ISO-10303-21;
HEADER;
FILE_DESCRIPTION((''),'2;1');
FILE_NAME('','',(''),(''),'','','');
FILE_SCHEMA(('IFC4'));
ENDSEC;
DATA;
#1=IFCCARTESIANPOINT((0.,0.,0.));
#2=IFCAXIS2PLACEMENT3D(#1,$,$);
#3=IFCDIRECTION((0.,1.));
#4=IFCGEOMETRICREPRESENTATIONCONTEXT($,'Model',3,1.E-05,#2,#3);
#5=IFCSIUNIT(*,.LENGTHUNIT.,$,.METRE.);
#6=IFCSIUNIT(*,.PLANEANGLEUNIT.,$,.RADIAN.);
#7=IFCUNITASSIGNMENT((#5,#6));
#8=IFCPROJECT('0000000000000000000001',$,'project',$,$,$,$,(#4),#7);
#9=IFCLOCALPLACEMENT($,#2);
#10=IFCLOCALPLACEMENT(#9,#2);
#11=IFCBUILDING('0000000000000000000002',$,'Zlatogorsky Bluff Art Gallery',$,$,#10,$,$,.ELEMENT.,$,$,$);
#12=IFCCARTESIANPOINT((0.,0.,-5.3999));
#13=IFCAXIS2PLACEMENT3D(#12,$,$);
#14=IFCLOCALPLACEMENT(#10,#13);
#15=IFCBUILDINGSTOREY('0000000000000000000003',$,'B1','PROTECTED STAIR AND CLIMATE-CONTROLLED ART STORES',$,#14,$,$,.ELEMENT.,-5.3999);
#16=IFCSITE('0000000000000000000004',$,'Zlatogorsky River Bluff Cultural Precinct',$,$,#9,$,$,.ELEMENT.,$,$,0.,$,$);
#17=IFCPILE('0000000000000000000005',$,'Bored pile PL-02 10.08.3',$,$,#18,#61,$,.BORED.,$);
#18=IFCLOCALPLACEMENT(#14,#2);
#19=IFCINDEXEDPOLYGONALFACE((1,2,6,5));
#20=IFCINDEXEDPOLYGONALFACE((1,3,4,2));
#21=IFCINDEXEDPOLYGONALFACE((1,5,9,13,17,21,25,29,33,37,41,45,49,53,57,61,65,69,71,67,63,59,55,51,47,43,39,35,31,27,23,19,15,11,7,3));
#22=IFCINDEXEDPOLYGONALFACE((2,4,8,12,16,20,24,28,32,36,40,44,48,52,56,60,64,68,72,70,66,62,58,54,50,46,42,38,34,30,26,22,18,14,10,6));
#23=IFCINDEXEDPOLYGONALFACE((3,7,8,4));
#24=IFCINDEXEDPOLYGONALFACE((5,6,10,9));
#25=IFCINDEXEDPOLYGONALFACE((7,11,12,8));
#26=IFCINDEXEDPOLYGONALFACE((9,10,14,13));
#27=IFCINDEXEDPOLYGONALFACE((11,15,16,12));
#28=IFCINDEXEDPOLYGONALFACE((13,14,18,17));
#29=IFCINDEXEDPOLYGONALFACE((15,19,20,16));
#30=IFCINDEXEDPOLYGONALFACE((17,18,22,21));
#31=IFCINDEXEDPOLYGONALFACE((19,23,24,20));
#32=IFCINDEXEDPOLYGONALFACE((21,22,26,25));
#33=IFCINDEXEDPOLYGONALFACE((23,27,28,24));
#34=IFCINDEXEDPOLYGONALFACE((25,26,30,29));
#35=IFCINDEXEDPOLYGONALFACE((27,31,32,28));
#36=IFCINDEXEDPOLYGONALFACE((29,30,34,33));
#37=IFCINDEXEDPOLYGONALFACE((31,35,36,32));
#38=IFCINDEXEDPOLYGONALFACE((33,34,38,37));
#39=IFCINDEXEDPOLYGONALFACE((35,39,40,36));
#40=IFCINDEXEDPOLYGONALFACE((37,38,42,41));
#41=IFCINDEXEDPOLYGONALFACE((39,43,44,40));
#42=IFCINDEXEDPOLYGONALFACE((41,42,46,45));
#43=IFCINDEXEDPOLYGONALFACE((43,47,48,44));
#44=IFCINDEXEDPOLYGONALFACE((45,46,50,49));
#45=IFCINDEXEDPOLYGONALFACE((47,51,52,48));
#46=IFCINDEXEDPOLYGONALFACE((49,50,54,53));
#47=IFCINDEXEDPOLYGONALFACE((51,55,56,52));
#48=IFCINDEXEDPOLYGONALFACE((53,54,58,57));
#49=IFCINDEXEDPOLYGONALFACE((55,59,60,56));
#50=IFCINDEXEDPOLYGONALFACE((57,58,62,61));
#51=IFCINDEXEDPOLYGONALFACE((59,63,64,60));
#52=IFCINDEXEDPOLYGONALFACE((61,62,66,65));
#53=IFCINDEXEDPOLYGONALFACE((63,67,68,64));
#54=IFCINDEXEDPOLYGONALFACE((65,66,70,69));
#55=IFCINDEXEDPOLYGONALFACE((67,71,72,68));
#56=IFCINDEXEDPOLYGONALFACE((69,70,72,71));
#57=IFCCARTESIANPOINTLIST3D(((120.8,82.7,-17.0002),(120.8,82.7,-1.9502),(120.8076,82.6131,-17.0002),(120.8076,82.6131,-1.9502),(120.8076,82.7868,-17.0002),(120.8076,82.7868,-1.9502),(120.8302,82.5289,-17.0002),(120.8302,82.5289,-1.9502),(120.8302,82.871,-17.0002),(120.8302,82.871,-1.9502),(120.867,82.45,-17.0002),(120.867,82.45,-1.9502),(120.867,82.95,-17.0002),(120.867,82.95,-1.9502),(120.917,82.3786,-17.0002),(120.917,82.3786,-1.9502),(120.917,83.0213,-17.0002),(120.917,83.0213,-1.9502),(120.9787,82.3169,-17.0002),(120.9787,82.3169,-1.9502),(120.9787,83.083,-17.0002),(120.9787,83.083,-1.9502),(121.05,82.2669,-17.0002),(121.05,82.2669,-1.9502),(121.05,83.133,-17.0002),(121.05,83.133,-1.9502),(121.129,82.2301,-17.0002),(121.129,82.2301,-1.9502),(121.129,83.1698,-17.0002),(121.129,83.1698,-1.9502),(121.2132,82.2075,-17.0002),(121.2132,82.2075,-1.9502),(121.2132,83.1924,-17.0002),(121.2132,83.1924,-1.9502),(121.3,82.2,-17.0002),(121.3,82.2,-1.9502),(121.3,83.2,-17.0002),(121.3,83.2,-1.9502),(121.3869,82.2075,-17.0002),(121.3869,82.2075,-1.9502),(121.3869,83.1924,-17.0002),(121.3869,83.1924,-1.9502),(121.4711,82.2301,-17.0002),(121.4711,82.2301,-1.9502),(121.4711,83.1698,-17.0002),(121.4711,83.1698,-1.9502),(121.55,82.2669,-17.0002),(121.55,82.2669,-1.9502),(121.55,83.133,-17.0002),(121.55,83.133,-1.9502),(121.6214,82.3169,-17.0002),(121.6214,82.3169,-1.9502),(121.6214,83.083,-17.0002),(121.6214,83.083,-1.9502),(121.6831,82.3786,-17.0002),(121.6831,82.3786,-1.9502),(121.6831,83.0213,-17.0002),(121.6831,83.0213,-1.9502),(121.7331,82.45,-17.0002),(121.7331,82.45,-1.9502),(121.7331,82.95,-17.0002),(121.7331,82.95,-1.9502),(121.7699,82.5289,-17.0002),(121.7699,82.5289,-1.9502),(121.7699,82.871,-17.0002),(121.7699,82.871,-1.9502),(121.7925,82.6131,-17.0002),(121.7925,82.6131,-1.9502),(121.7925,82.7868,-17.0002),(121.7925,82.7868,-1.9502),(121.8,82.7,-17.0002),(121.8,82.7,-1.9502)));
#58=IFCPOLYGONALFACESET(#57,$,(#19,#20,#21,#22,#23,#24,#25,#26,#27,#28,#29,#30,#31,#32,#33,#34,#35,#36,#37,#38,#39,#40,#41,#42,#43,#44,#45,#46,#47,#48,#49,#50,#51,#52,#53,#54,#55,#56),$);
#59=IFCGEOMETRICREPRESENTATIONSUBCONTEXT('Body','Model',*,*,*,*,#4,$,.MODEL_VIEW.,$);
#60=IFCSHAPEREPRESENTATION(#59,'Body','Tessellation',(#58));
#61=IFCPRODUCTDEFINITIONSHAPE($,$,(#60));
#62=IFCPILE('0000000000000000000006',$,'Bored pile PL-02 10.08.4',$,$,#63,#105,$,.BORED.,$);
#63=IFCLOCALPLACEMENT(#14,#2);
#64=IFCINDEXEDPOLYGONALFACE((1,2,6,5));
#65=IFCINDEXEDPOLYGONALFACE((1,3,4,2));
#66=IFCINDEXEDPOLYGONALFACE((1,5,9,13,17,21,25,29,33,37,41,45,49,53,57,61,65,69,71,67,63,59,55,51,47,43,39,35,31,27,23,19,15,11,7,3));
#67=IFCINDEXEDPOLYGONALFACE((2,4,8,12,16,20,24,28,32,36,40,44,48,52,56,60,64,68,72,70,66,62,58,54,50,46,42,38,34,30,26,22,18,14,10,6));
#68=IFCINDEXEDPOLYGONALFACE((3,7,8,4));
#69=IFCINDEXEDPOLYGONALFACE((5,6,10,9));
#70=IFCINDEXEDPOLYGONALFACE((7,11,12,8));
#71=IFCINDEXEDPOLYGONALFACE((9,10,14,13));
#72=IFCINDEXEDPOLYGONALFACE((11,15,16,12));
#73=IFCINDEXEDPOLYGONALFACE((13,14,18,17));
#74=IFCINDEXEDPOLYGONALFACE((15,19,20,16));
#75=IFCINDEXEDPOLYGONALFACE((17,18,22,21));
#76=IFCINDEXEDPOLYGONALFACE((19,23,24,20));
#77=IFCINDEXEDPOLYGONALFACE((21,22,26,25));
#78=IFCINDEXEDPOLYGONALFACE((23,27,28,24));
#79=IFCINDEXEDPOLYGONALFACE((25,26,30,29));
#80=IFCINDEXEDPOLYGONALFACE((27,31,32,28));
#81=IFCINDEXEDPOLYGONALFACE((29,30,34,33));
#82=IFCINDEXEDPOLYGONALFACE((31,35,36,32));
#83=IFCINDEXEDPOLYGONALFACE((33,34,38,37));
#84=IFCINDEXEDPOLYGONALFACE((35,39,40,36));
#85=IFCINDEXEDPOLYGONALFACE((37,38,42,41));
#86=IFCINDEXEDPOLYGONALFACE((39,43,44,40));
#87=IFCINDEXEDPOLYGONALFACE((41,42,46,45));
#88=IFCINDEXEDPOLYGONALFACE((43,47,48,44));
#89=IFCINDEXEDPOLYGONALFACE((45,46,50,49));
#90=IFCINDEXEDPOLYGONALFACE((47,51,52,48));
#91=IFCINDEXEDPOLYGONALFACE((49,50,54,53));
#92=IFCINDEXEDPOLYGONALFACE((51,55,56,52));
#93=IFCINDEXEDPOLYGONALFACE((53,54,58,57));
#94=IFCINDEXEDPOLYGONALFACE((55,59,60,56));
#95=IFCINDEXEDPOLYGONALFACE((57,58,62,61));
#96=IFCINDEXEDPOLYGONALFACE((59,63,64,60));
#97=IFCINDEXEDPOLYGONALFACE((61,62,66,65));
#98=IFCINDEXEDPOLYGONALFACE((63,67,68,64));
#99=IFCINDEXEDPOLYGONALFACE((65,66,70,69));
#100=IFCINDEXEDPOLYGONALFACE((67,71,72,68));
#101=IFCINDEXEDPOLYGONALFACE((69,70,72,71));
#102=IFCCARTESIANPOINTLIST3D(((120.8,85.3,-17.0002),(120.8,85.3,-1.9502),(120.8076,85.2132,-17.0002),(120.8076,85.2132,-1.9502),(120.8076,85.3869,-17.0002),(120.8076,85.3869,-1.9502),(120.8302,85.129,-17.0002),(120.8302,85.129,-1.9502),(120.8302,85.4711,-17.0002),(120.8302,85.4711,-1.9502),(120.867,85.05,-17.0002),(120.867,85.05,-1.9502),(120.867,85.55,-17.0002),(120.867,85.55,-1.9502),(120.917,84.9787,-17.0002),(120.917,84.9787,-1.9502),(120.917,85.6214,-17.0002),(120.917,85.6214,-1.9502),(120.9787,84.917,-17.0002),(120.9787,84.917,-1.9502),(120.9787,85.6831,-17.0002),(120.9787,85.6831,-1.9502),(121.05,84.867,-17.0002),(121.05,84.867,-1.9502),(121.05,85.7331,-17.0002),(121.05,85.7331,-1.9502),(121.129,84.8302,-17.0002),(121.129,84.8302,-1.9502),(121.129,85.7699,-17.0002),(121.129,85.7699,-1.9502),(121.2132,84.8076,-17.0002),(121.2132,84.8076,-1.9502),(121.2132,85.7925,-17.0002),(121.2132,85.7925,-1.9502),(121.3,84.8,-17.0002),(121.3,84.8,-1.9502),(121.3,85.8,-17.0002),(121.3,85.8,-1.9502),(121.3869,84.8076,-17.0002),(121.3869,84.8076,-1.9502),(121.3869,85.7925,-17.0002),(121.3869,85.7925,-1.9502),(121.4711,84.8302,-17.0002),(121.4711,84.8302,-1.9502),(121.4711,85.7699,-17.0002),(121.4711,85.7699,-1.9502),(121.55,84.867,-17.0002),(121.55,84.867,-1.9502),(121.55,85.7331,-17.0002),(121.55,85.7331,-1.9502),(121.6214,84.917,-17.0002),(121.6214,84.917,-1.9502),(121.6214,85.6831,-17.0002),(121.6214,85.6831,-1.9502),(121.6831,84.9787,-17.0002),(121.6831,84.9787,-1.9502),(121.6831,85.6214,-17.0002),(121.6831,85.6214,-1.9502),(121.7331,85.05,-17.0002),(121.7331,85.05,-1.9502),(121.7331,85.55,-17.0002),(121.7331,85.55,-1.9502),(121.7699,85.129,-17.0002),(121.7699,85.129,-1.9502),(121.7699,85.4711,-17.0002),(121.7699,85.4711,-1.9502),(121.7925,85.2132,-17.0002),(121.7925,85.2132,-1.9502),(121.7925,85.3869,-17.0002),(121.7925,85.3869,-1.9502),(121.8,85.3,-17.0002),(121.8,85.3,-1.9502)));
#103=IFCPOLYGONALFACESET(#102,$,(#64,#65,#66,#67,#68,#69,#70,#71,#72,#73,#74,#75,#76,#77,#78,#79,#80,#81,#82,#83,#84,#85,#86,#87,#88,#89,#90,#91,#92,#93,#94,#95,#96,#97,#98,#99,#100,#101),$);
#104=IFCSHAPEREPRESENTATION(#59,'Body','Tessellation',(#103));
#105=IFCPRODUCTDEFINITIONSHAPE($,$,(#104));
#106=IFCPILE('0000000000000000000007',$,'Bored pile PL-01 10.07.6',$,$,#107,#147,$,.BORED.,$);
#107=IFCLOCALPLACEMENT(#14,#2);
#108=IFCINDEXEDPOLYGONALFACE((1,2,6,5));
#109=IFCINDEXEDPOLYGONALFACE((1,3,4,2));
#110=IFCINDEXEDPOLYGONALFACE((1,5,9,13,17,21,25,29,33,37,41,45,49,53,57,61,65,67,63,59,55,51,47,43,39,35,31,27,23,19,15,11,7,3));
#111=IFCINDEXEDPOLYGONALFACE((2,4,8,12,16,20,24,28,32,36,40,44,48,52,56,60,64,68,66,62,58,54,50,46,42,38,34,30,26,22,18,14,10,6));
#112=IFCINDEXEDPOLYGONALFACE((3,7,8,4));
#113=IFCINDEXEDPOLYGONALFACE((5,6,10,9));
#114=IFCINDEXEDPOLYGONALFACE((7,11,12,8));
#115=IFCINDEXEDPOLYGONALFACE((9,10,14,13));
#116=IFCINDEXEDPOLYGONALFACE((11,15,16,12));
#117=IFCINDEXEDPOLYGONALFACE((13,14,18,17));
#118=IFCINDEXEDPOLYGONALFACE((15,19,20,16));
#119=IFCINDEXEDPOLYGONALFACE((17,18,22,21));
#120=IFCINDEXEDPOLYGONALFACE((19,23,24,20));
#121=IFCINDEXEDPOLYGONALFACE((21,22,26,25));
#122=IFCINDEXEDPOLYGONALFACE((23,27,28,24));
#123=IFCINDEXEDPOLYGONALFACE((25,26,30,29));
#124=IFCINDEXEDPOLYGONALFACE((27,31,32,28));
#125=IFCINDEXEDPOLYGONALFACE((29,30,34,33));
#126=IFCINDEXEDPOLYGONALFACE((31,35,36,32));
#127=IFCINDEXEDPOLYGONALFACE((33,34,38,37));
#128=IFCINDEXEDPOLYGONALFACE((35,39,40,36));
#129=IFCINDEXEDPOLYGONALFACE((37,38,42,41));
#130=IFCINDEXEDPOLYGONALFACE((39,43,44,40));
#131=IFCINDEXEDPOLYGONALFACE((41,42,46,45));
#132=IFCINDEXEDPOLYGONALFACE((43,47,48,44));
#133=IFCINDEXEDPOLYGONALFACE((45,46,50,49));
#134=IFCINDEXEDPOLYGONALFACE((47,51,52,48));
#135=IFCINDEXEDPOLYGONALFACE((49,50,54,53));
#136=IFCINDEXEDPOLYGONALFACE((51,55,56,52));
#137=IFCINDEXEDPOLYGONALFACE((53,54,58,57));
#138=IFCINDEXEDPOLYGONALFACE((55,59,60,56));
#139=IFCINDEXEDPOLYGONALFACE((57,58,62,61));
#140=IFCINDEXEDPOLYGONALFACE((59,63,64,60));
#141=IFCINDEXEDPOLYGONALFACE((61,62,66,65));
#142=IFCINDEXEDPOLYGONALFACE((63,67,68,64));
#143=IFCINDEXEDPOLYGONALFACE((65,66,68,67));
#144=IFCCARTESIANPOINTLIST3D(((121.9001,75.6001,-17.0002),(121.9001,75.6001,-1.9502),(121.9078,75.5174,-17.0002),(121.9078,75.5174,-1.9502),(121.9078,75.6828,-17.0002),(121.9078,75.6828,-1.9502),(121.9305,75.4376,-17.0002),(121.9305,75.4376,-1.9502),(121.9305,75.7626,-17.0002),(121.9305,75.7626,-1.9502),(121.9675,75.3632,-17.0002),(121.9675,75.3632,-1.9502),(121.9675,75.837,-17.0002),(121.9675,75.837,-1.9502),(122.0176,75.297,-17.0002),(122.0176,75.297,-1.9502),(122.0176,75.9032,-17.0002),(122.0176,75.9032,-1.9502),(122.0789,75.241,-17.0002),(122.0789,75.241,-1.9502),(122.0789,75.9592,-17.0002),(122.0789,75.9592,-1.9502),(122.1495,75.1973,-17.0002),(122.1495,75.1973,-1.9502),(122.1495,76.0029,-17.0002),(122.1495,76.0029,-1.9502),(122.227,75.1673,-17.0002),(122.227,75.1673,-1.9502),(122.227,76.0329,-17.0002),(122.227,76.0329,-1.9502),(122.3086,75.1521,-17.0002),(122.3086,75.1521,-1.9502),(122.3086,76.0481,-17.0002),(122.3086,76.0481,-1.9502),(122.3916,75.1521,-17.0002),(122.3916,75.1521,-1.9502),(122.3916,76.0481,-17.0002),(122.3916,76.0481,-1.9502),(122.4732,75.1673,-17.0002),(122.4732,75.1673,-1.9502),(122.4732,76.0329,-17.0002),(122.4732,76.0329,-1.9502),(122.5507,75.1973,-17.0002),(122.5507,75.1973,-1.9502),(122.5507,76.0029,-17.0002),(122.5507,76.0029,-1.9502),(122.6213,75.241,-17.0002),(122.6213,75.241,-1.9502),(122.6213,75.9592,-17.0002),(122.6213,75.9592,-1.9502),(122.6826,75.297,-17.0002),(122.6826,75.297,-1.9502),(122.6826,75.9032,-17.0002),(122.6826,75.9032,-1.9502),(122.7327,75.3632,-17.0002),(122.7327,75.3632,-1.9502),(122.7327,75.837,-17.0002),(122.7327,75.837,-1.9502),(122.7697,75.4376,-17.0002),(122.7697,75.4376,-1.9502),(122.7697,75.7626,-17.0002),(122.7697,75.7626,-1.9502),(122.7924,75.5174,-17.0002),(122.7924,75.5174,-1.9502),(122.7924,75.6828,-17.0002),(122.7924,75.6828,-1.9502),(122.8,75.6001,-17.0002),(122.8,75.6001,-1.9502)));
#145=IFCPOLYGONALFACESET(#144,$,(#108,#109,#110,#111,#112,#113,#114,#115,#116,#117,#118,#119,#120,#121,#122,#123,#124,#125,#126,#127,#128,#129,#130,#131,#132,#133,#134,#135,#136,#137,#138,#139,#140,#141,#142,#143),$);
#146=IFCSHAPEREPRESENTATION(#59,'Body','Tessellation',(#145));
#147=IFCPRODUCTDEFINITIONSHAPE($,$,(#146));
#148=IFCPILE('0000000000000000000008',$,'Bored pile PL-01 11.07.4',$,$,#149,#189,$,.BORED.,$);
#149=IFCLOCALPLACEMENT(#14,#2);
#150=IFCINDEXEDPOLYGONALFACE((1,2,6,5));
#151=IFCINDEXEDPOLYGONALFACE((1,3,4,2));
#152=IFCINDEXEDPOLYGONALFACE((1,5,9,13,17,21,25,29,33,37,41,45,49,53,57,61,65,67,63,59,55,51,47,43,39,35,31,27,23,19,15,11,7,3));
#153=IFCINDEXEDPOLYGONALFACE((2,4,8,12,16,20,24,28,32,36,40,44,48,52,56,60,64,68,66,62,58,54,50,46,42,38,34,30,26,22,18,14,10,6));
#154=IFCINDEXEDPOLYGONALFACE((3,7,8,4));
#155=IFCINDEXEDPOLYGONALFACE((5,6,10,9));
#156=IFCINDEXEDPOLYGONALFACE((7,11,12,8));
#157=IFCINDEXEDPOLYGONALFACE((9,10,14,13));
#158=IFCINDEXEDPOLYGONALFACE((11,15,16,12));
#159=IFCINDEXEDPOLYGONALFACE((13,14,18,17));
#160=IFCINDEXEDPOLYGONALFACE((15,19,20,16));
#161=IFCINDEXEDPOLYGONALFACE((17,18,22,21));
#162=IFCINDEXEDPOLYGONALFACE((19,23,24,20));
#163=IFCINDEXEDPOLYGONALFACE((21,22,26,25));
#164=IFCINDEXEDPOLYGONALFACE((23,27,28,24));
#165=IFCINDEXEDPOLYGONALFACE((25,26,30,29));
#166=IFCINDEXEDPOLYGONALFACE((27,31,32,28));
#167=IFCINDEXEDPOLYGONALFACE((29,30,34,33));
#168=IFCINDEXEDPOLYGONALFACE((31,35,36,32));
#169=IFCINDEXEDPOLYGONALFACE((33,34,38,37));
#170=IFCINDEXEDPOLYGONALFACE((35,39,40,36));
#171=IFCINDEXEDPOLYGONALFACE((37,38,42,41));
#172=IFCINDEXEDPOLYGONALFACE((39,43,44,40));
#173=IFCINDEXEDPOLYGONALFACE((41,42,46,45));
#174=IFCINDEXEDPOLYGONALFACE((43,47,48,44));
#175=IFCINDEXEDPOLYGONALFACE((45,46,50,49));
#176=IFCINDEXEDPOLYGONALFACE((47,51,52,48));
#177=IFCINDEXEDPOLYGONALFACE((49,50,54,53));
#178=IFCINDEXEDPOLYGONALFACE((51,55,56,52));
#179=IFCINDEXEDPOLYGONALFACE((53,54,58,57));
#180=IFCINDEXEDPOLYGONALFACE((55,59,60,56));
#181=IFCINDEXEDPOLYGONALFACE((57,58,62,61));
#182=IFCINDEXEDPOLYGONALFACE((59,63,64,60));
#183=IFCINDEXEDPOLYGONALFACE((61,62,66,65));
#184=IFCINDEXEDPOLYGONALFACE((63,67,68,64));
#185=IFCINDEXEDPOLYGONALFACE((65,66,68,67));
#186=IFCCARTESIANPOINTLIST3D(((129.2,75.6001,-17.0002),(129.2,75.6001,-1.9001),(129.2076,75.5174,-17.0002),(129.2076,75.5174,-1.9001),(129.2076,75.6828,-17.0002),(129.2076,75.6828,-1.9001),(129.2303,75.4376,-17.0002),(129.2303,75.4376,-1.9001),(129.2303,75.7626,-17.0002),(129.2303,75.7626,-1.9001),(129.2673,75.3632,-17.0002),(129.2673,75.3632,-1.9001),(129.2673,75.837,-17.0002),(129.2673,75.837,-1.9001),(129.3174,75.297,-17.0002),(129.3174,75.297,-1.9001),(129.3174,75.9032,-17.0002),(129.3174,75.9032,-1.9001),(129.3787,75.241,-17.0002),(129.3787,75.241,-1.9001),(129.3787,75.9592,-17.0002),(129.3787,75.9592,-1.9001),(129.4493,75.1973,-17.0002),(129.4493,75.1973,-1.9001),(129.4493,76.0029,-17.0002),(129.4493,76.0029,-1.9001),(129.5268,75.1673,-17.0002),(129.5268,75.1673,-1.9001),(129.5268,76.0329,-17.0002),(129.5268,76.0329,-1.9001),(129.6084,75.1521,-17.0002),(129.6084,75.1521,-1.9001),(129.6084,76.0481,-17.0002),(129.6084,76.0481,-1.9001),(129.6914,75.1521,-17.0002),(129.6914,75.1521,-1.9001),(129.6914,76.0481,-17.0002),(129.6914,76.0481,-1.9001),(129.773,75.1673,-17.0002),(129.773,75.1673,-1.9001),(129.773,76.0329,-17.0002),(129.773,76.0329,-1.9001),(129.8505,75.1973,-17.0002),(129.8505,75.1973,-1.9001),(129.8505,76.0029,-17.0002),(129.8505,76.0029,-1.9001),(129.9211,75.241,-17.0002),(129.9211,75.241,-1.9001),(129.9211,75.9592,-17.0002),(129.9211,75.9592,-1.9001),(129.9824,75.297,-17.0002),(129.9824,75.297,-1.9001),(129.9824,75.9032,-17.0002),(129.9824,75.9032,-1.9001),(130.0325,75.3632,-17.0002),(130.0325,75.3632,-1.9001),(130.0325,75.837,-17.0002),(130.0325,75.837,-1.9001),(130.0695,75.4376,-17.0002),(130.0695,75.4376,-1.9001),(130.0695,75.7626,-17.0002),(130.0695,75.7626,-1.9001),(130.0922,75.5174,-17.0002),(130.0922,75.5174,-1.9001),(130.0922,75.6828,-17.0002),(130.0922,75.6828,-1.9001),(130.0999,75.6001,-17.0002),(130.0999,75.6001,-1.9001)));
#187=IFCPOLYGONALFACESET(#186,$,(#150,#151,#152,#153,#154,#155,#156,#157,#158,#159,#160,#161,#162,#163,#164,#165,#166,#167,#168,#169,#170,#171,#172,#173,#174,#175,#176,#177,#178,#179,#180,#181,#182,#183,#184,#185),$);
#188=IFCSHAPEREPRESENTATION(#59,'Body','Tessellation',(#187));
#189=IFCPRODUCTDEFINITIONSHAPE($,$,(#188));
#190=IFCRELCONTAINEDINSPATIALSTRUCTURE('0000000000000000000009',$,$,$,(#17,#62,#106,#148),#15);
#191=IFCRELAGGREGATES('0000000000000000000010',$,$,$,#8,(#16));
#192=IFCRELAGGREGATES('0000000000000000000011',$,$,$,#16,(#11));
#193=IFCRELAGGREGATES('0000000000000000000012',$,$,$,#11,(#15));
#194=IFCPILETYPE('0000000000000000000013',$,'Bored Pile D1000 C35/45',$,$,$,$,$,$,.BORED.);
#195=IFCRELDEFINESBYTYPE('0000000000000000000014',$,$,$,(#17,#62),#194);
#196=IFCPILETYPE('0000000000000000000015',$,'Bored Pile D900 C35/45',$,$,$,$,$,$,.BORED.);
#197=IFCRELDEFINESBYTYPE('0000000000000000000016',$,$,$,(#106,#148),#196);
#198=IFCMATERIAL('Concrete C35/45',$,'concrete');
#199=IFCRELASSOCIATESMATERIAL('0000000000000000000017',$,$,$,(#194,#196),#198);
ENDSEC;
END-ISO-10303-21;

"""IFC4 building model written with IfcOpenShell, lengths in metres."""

from ifc_helpers import new_model, si_unit, direction, frame, origin, origin_2d, place, context, subcontext, project, spatial, circle, extrude, material, material_profile, profile_set, type_object, element, save


model = new_model("IFC4")

# Units and contexts
model_context = context("Model", 3, precision=1e-05, world=origin(), true_north=direction((0.0, 1.0)))
body_context = subcontext(model_context, "Body", "Model", "MODEL_VIEW")
ifc_project = project(units=[si_unit("LENGTHUNIT", "METRE"), si_unit("PLANEANGLEUNIT", "RADIAN")], contexts=[model_context])

# Site, building, storey
site_placement = place(None, origin())
site = spatial("IfcSite", under=ifc_project, at=site_placement, Name="Zlatogorsky River Bluff Cultural Precinct", CompositionType="ELEMENT", RefElevation=0.0)
building_placement = place(site_placement, origin())
building = spatial("IfcBuilding", under=site, at=building_placement, Name="Zlatogorsky Bluff Art Gallery", CompositionType="ELEMENT")
storey_placement = place(building_placement, frame((0.0, 0.0, -5.3999)))
storey = spatial("IfcBuildingStorey", under=building, at=storey_placement, Name="B1", Description="PROTECTED STAIR AND CLIMATE-CONTROLLED ART STORES", CompositionType="ELEMENT", Elevation=-5.3999)

# Piles
ifc_material_1 = material(Name="Concrete C35/45", Category="concrete")
ifc_material_profile_1 = material_profile(ifc_material_1, circle(Radius=0.5, at=origin_2d()), Name="BORED PILE D1000")
ifc_profile_set_1 = profile_set([ifc_material_profile_1], Name="Concrete C35/45")
pile_type_1 = type_object("IfcPileType", Name="Bored Pile D1000 C35/45", PredefinedType="BORED", material=ifc_profile_set_1)
for number, where, z_axis, x_axis, name in (
    (1, (121.3, 82.7, -1.9502), (0.0, 0.0, -1.0), (1.0, 0.0, 0.0), "Bored pile PL-02 10.08.3"),
    (2, (121.3, 85.3, -1.9502), (0.0, 0.0, -1.0), (1.0, 0.0, 0.0), "Bored pile PL-02 10.08.4"),
):
    element("IfcPile", number, at=place(storey_placement, frame(where, z_axis=z_axis, x_axis=x_axis)), inside=storey, type_object=pile_type_1, Name=name, PredefinedType="BORED", context=body_context, shape_type="SweptSolid", body=[
        extrude(circle(Radius=0.5, at=origin_2d()), origin(), (0.0, 0.0, 1.0), 15.05),
    ])
ifc_material_profile_2 = material_profile(ifc_material_1, circle(Radius=0.45, at=origin_2d()), Name="BORED PILE D900")
ifc_profile_set_2 = profile_set([ifc_material_profile_2], Name="Concrete C35/45")
pile_type_2 = type_object("IfcPileType", Name="Bored Pile D900 C35/45", PredefinedType="BORED", material=ifc_profile_set_2)
pile_1_placement = place(storey_placement, frame((122.3501, 75.6001, -1.9502), z_axis=(0.0, 0.0, -1.0), x_axis=(1.0, 0.0, 0.0)))
element("IfcPile", 3, at=pile_1_placement, inside=storey, type_object=pile_type_2, Name="Bored pile PL-01 10.07.6", PredefinedType="BORED", context=body_context, shape_type="SweptSolid", body=[
    extrude(circle(Radius=0.45, at=origin_2d()), origin(), (0.0, 0.0, 1.0), 15.05),
])
pile_2_placement = place(storey_placement, frame((129.6499, 75.6001, -1.9001), z_axis=(0.0, 0.0, -1.0), x_axis=(1.0, 0.0, 0.0)))
element("IfcPile", 4, at=pile_2_placement, inside=storey, type_object=pile_type_2, Name="Bored pile PL-01 11.07.4", PredefinedType="BORED", context=body_context, shape_type="SweptSolid", body=[
    extrude(circle(Radius=0.45, at=origin_2d()), origin(), (0.0, 0.0, 1.0), 15.1001),
])

save(model, "model.ifc")
